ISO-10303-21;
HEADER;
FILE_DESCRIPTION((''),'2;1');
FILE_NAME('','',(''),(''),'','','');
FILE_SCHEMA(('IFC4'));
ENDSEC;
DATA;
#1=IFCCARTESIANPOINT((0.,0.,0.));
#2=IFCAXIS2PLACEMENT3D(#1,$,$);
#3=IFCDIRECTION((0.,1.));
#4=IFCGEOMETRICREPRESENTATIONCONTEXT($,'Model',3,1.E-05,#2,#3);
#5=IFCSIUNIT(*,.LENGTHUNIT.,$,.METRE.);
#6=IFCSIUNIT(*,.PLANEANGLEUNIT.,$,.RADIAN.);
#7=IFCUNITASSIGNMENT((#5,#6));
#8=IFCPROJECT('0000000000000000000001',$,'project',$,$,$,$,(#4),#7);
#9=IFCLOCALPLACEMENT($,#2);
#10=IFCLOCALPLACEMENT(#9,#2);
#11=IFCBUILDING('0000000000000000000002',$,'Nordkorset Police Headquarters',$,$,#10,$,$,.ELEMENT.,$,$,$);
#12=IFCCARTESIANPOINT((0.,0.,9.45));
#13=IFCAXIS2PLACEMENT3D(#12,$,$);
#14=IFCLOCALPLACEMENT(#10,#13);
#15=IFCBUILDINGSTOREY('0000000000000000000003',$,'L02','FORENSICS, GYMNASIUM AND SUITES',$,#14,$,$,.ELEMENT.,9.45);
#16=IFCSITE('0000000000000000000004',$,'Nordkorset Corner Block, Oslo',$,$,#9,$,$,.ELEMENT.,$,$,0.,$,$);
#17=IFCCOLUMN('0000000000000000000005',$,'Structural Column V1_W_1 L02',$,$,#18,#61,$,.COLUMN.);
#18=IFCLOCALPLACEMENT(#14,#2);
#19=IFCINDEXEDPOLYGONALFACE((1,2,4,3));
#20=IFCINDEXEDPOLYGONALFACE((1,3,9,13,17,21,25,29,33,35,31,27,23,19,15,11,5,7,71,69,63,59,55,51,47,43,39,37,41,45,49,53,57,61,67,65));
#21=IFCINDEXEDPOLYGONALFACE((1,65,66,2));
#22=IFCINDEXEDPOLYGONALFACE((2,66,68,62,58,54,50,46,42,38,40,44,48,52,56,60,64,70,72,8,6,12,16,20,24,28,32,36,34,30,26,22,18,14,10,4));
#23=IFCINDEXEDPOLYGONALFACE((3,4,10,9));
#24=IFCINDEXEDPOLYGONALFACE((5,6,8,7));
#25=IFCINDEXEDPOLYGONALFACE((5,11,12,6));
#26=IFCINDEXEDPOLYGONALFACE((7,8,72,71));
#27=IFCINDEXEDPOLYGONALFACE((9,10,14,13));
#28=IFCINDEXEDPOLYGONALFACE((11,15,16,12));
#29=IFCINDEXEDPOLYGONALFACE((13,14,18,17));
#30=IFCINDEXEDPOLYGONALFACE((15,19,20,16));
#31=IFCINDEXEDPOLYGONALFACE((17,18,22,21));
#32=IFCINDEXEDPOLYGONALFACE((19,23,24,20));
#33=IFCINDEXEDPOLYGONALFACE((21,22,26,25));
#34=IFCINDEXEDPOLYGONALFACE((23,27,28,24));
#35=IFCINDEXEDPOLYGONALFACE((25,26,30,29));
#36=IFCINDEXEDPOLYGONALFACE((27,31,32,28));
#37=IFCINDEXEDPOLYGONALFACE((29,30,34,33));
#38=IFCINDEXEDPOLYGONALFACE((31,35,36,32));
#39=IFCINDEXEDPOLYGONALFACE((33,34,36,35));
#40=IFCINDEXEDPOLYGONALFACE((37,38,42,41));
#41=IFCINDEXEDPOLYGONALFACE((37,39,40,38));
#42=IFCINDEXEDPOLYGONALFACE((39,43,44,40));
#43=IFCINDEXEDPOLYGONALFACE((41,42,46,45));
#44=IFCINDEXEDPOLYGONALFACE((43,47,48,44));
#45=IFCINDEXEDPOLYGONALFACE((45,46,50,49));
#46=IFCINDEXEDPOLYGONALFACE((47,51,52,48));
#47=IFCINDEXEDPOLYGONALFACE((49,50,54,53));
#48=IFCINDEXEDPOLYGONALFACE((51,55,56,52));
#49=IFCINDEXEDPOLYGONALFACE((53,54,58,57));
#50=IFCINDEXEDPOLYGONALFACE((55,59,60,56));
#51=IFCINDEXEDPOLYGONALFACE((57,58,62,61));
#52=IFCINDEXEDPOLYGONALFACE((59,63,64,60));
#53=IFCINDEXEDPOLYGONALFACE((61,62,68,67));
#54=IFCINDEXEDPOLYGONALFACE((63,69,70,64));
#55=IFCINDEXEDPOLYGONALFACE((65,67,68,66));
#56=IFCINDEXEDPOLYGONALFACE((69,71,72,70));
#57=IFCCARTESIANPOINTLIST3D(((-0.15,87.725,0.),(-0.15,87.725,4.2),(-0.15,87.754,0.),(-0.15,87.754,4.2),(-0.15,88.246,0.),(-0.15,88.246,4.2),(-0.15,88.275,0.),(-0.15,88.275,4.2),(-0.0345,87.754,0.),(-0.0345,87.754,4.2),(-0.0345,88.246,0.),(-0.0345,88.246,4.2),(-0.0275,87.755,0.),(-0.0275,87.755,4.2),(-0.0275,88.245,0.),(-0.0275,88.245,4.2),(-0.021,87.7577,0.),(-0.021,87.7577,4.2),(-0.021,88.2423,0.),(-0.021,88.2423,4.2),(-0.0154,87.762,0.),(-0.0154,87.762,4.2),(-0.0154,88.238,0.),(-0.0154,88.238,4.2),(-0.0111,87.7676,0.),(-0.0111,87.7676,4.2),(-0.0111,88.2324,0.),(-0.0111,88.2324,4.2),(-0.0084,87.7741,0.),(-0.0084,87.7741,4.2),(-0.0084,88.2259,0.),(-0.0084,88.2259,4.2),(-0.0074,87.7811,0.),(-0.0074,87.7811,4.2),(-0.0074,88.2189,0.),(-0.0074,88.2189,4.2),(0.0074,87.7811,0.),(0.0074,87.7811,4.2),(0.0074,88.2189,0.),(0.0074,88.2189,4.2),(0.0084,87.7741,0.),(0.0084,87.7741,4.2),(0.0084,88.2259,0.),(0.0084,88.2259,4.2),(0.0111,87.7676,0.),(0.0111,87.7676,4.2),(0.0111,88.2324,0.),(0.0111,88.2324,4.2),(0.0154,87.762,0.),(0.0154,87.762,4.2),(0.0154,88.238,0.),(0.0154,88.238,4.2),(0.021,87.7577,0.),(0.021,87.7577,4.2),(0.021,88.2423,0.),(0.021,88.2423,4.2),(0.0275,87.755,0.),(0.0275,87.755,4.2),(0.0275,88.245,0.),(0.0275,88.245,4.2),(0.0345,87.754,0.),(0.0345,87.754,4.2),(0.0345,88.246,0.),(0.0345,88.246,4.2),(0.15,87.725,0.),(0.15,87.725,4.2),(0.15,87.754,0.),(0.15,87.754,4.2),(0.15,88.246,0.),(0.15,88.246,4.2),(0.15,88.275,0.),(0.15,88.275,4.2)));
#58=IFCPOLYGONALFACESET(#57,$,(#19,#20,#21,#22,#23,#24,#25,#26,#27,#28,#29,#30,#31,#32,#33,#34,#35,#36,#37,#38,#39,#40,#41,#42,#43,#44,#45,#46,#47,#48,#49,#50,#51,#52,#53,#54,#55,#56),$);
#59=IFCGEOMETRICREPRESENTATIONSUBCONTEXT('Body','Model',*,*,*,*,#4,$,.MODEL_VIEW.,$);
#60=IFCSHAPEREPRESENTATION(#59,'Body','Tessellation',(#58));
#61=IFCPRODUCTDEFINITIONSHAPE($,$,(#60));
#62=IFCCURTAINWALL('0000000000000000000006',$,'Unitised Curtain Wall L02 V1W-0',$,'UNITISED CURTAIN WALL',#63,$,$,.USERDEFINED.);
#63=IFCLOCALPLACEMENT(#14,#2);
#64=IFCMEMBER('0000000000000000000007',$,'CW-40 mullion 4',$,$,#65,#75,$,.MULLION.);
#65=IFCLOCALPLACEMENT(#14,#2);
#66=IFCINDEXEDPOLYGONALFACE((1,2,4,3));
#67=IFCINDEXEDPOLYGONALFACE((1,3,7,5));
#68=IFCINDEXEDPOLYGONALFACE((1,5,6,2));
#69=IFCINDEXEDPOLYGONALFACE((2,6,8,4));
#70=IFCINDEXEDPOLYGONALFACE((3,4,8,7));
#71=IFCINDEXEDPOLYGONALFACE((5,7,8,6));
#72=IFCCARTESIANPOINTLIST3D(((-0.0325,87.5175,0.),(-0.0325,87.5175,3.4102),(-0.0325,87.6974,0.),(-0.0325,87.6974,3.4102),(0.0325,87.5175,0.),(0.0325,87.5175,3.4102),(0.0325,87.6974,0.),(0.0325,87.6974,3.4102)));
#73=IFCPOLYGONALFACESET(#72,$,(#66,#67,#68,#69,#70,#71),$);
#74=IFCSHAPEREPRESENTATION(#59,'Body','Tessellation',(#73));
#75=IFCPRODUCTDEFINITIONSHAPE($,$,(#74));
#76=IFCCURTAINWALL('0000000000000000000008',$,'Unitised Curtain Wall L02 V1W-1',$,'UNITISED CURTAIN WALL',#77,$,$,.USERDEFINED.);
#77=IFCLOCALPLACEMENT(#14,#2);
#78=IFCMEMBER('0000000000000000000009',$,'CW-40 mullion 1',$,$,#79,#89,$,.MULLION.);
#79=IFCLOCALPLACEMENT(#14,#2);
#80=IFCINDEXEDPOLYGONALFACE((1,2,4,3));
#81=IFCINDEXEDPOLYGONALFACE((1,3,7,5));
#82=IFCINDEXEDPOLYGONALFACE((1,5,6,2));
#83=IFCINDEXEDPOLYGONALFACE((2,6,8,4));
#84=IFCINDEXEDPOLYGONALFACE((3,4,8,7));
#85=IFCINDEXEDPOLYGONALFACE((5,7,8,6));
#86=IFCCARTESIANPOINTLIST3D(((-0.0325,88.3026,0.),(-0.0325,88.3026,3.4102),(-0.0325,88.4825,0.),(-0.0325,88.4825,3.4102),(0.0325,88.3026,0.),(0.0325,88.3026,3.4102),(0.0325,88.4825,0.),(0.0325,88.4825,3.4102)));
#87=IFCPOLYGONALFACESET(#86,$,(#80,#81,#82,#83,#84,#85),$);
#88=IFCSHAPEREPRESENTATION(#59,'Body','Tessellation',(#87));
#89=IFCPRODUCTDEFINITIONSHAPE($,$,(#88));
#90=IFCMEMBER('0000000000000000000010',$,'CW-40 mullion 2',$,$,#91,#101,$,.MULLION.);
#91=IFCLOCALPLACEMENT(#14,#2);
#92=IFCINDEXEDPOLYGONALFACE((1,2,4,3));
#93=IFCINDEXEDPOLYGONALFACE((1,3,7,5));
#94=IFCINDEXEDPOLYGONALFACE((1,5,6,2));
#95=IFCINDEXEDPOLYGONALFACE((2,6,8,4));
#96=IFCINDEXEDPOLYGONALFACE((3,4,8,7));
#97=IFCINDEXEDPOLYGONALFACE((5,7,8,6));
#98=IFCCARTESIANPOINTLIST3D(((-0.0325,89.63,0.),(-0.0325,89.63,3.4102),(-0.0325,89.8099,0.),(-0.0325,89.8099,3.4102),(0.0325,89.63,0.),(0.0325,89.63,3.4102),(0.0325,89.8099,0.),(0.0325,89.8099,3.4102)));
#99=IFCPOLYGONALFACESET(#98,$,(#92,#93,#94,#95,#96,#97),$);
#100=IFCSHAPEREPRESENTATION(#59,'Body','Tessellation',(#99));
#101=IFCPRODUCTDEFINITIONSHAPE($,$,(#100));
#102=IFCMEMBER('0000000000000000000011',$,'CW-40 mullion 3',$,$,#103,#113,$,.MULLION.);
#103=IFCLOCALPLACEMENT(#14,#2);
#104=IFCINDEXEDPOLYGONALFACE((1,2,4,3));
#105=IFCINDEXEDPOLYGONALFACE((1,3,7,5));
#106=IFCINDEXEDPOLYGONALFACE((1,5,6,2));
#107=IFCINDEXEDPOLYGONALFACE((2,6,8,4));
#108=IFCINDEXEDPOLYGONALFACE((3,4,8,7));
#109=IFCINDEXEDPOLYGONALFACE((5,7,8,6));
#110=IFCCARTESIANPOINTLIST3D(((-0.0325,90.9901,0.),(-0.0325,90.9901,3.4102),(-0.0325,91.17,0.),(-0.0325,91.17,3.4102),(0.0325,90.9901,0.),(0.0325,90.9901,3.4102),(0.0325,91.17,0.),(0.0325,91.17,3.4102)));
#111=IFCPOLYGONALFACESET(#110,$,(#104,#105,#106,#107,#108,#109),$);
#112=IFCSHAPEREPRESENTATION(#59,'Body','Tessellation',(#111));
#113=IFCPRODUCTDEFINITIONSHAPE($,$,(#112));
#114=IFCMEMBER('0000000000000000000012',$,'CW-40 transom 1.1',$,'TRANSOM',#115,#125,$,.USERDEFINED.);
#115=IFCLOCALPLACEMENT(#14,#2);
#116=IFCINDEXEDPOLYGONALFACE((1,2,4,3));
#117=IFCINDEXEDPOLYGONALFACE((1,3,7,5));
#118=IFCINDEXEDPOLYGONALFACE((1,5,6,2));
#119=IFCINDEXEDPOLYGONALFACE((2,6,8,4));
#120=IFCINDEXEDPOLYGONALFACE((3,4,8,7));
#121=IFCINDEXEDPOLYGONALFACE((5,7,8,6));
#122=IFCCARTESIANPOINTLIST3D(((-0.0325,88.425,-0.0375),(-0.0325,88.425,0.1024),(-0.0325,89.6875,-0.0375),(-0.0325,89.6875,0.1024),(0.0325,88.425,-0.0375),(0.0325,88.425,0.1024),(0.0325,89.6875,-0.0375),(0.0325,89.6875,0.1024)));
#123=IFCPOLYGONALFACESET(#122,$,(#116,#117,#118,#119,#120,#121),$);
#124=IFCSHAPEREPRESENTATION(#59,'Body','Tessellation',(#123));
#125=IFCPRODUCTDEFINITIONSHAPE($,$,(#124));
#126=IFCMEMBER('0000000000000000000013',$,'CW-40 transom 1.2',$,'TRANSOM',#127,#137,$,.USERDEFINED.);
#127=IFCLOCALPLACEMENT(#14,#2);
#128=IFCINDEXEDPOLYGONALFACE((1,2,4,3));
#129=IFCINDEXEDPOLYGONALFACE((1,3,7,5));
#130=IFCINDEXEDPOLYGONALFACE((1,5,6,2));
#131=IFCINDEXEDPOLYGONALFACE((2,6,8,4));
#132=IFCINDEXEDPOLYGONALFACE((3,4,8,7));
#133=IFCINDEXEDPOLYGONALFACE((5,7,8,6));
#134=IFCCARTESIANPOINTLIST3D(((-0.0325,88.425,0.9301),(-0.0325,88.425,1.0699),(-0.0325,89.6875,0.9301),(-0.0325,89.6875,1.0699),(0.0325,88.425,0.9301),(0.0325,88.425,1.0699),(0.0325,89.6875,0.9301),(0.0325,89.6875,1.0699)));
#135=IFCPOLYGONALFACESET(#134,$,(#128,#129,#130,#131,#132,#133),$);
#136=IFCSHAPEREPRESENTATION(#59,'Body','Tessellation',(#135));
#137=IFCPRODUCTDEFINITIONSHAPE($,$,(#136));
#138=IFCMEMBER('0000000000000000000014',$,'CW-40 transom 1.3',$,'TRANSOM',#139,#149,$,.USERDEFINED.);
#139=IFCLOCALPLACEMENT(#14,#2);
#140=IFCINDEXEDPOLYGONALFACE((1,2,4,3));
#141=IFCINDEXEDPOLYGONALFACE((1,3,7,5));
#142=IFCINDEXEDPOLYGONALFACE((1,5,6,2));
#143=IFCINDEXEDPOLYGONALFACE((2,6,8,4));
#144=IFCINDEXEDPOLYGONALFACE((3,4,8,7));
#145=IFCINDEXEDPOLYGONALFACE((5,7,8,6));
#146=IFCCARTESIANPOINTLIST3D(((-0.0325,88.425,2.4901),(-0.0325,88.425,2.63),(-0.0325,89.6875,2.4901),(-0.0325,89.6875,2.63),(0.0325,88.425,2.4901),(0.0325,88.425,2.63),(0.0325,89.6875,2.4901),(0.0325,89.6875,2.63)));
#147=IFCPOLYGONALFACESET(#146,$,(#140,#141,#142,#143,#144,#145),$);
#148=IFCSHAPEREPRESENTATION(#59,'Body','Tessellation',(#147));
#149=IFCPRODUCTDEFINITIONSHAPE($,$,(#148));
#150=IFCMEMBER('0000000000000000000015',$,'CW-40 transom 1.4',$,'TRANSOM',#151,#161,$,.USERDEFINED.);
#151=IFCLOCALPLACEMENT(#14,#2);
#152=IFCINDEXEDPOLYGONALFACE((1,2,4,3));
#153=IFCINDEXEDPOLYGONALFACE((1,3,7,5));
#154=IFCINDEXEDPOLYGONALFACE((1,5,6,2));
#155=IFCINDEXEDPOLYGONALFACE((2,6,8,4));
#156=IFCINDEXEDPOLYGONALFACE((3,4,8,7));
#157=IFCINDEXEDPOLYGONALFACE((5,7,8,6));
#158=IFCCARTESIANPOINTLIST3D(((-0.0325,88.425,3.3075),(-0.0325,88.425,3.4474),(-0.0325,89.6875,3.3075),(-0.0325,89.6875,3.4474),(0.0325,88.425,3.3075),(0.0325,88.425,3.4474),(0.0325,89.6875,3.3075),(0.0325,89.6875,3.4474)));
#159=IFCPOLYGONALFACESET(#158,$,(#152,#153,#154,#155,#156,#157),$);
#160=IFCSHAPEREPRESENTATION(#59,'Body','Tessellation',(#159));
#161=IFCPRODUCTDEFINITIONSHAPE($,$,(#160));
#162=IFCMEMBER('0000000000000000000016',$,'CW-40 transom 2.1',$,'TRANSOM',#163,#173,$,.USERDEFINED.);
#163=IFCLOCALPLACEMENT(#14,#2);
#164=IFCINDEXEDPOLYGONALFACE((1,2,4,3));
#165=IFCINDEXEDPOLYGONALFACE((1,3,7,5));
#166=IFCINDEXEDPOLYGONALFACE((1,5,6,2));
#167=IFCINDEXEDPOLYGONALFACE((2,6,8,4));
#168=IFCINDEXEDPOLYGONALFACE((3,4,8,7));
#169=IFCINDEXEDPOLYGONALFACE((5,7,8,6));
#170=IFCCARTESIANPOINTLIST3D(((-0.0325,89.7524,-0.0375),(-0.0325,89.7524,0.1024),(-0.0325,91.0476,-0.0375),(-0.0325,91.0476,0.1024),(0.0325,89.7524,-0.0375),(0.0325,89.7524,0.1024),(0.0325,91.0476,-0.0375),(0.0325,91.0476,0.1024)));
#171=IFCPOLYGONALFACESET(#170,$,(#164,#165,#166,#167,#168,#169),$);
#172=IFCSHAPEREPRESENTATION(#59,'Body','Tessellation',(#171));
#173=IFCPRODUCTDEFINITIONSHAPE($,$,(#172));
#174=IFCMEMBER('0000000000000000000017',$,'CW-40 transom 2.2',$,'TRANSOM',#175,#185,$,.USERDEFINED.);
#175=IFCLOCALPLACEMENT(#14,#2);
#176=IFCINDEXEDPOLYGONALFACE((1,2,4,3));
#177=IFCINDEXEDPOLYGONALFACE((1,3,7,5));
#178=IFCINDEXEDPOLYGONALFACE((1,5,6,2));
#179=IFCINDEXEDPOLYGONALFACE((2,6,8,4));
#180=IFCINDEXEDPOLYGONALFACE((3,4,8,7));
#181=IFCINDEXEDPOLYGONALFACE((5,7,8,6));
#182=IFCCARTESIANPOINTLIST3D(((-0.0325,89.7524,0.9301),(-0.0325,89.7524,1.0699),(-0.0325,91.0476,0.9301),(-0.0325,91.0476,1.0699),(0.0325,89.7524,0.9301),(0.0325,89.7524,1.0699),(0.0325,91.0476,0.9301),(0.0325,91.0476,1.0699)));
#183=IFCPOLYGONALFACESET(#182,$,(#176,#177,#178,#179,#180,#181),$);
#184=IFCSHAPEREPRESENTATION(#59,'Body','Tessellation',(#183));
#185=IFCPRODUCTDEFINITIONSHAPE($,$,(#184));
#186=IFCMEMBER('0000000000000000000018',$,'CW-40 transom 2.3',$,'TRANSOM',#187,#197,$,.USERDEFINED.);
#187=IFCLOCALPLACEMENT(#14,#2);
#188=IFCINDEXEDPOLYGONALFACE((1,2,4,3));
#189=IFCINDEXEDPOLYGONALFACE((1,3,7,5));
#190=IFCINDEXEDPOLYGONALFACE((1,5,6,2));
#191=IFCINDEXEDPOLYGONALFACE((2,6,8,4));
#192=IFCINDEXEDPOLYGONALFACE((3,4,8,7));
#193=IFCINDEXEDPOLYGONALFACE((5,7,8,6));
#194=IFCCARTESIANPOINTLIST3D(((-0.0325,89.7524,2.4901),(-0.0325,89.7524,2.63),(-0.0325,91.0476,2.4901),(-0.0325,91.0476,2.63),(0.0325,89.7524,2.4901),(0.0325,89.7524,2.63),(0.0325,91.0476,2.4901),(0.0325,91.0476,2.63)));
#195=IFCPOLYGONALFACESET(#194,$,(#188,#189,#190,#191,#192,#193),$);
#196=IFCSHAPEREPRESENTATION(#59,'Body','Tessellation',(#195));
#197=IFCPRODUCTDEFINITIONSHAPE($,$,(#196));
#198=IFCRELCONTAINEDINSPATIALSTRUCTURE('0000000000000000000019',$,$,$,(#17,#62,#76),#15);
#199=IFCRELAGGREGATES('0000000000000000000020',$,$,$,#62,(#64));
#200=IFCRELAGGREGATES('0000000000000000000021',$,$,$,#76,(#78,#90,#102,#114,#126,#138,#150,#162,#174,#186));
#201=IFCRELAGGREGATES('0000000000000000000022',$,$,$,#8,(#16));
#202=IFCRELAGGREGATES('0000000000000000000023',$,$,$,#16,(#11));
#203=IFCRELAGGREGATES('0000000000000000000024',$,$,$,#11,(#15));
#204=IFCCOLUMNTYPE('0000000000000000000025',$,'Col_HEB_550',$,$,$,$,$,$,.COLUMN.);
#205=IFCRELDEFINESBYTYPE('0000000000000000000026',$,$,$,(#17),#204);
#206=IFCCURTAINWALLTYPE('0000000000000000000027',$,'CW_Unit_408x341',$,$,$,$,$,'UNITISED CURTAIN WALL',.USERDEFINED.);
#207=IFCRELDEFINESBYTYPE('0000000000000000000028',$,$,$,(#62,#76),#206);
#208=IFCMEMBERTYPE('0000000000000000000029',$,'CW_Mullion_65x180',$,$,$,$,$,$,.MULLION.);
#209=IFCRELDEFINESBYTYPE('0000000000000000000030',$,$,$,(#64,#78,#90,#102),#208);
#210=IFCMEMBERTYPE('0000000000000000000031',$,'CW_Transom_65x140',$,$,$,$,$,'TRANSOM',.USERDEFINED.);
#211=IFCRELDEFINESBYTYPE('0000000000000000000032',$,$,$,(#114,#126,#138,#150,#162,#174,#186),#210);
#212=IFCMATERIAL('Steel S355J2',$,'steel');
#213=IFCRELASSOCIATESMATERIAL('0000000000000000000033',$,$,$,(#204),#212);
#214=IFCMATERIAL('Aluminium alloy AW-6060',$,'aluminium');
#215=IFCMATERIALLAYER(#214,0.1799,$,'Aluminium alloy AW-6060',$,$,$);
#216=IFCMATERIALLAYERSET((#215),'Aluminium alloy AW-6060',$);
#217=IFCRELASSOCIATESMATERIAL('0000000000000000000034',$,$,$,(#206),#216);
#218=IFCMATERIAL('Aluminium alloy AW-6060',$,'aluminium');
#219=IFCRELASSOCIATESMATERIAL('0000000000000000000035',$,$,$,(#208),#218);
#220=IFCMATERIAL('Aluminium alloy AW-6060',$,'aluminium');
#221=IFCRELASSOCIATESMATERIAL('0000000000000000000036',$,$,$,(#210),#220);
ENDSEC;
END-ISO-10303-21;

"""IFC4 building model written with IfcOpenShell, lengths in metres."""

from ifc_helpers import new_model, si_unit, direction, frame, origin, origin_2d, place, context, subcontext, project, spatial, rectangle, i_section, extrude, material, layer, layer_set, material_profile, profile_set, type_object, element, aggregate, save


model = new_model("IFC4")

# Units and contexts
model_context = context("Model", 3, precision=1e-05, world=origin(), true_north=direction((0.0, 1.0)))
body_context = subcontext(model_context, "Body", "Model", "MODEL_VIEW")
ifc_project = project(units=[si_unit("LENGTHUNIT", "METRE"), si_unit("PLANEANGLEUNIT", "RADIAN")], contexts=[model_context])

# Site, building, storey
site_placement = place(None, origin())
site = spatial("IfcSite", under=ifc_project, at=site_placement, Name="Nordkorset Corner Block, Oslo", CompositionType="ELEMENT", RefElevation=0.0)
building_placement = place(site_placement, origin())
building = spatial("IfcBuilding", under=site, at=building_placement, Name="Nordkorset Police Headquarters", CompositionType="ELEMENT")
storey_placement = place(building_placement, frame((0.0, 0.0, 9.45)))
storey = spatial("IfcBuildingStorey", under=building, at=storey_placement, Name="L02", Description="FORENSICS, GYMNASIUM AND SUITES", CompositionType="ELEMENT", Elevation=9.45)

# Column
ifc_material_1 = material(Name="Steel S355J2", Category="steel")
ifc_material_profile_1 = material_profile(ifc_material_1, i_section(OverallWidth=0.3, OverallDepth=0.55, WebThickness=0.0149, FlangeThickness=0.0291, FilletRadius=0.0271, at=origin_2d()), Name="HEB 550")
ifc_profile_set_1 = profile_set([ifc_material_profile_1], Name="Steel S355J2")
column_type = type_object("IfcColumnType", Name="Col_HEB_550", PredefinedType="COLUMN", material=ifc_profile_set_1)
column_placement = place(storey_placement, frame((0.0, 88.0, 0.0), z_axis=(0.0, 0.0, 1.0), x_axis=(1.0, 0.0, 0.0)))
element("IfcColumn", 1, at=column_placement, inside=storey, type_object=column_type, Name="Structural Column V1_W_1 L02", PredefinedType="COLUMN", context=body_context, shape_type="SweptSolid", body=[
    extrude(i_section(OverallWidth=0.3, OverallDepth=0.55, WebThickness=0.0149, FlangeThickness=0.0291, FilletRadius=0.0271, at=origin_2d()), origin(), (0.0, 0.0, 1.0), 4.2),
])

# Curtain wall, member
ifc_material_2 = material(Name="Aluminium alloy AW-6060", Category="aluminium")
ifc_layer_1 = layer(ifc_material_2, 0.1799, Name="Aluminium alloy AW-6060")
ifc_layer_set_1 = layer_set([ifc_layer_1], Name="Aluminium alloy AW-6060")
curtain_wall_type = type_object("IfcCurtainWallType", Name="CW_Unit_408x341", ElementType="UNITISED CURTAIN WALL", PredefinedType="USERDEFINED", material=ifc_layer_set_1)
curtain_wall_1_placement = place(storey_placement, origin())
curtain_wall_1 = element("IfcCurtainWall", 2, at=curtain_wall_1_placement, inside=storey, type_object=curtain_wall_type, Name="Unitised Curtain Wall L02 V1W-0", ObjectType="UNITISED CURTAIN WALL", PredefinedType="USERDEFINED")
ifc_material_3 = material(Name="Aluminium alloy AW-6060", Category="aluminium")
ifc_material_profile_2 = material_profile(ifc_material_3, rectangle(XDim=0.0649, YDim=0.1799, at=origin_2d()), Name="ALU MULL 65x180")
ifc_profile_set_2 = profile_set([ifc_material_profile_2], Name="Aluminium alloy AW-6060")
member_type_1 = type_object("IfcMemberType", Name="CW_Mullion_65x180", PredefinedType="MULLION", material=ifc_profile_set_2)
member_1_placement = place(storey_placement, frame((0.0, 87.6074, 0.0), z_axis=(0.0, 0.0, 1.0), x_axis=(-1.0, 0.0, 0.0)))
member_1 = element("IfcMember", 3, at=member_1_placement, type_object=member_type_1, Name="CW-40 mullion 4", PredefinedType="MULLION", context=body_context, shape_type="SweptSolid", body=[
    extrude(rectangle(XDim=0.0649, YDim=0.1799, at=origin_2d()), origin(), (0.0, 0.0, 1.0), 3.4102),
])

# Curtain wall, members
curtain_wall_2_placement = place(storey_placement, origin())
curtain_wall_2 = element("IfcCurtainWall", 4, at=curtain_wall_2_placement, inside=storey, type_object=curtain_wall_type, Name="Unitised Curtain Wall L02 V1W-1", ObjectType="UNITISED CURTAIN WALL", PredefinedType="USERDEFINED")
member_2_placement = place(storey_placement, frame((0.0, 88.3926, 0.0), z_axis=(0.0, 0.0, 1.0), x_axis=(-1.0, 0.0, 0.0)))
member_2 = element("IfcMember", 5, at=member_2_placement, type_object=member_type_1, Name="CW-40 mullion 1", PredefinedType="MULLION", context=body_context, shape_type="SweptSolid", body=[
    extrude(rectangle(XDim=0.0649, YDim=0.1799, at=origin_2d()), origin(), (0.0, 0.0, 1.0), 3.4102),
])
member_3_placement = place(storey_placement, frame((0.0, 89.72, 0.0), z_axis=(0.0, 0.0, 1.0), x_axis=(-1.0, 0.0, 0.0)))
member_3 = element("IfcMember", 6, at=member_3_placement, type_object=member_type_1, Name="CW-40 mullion 2", PredefinedType="MULLION", context=body_context, shape_type="SweptSolid", body=[
    extrude(rectangle(XDim=0.0649, YDim=0.1799, at=origin_2d()), origin(), (0.0, 0.0, 1.0), 3.4102),
])
member_4_placement = place(storey_placement, frame((0.0, 91.0801, 0.0), z_axis=(0.0, 0.0, 1.0), x_axis=(-1.0, 0.0, 0.0)))
member_4 = element("IfcMember", 7, at=member_4_placement, type_object=member_type_1, Name="CW-40 mullion 3", PredefinedType="MULLION", context=body_context, shape_type="SweptSolid", body=[
    extrude(rectangle(XDim=0.0649, YDim=0.1799, at=origin_2d()), origin(), (0.0, 0.0, 1.0), 3.4102),
])
ifc_material_4 = material(Name="Aluminium alloy AW-6060", Category="aluminium")
ifc_material_profile_3 = material_profile(ifc_material_4, rectangle(XDim=0.0649, YDim=0.1399, at=origin_2d()), Name="ALU TRAN 65x140")
ifc_profile_set_3 = profile_set([ifc_material_profile_3], Name="Aluminium alloy AW-6060")
member_type_2 = type_object("IfcMemberType", Name="CW_Transom_65x140", ElementType="TRANSOM", PredefinedType="USERDEFINED", material=ifc_profile_set_3)
member_5_placement = place(storey_placement, frame((0.0, 88.425, 0.0325), z_axis=(0.0, 1.0, 0.0), x_axis=(-1.0, 0.0, 0.0)))
member_5 = element("IfcMember", 8, at=member_5_placement, type_object=member_type_2, Name="CW-40 transom 1.1", ObjectType="TRANSOM", PredefinedType="USERDEFINED", context=body_context, shape_type="SweptSolid", body=[
    extrude(rectangle(XDim=0.0649, YDim=0.1399, at=origin_2d()), origin(), (0.0, 0.0, 1.0), 1.2625),
])
member_6_placement = place(storey_placement, frame((0.0, 88.425, 1.0), z_axis=(0.0, 1.0, 0.0), x_axis=(-1.0, 0.0, 0.0)))
member_6 = element("IfcMember", 9, at=member_6_placement, type_object=member_type_2, Name="CW-40 transom 1.2", ObjectType="TRANSOM", PredefinedType="USERDEFINED", context=body_context, shape_type="SweptSolid", body=[
    extrude(rectangle(XDim=0.0649, YDim=0.1399, at=origin_2d()), origin(), (0.0, 0.0, 1.0), 1.2625),
])
member_7_placement = place(storey_placement, frame((0.0, 88.425, 2.5601), z_axis=(0.0, 1.0, 0.0), x_axis=(-1.0, 0.0, 0.0)))
member_7 = element("IfcMember", 10, at=member_7_placement, type_object=member_type_2, Name="CW-40 transom 1.3", ObjectType="TRANSOM", PredefinedType="USERDEFINED", context=body_context, shape_type="SweptSolid", body=[
    extrude(rectangle(XDim=0.0649, YDim=0.1399, at=origin_2d()), origin(), (0.0, 0.0, 1.0), 1.2625),
])
member_8_placement = place(storey_placement, frame((0.0, 88.425, 3.3774), z_axis=(0.0, 1.0, 0.0), x_axis=(-1.0, 0.0, 0.0)))
member_8 = element("IfcMember", 11, at=member_8_placement, type_object=member_type_2, Name="CW-40 transom 1.4", ObjectType="TRANSOM", PredefinedType="USERDEFINED", context=body_context, shape_type="SweptSolid", body=[
    extrude(rectangle(XDim=0.0649, YDim=0.1399, at=origin_2d()), origin(), (0.0, 0.0, 1.0), 1.2625),
])
member_9_placement = place(storey_placement, frame((0.0, 89.7524, 0.0325), z_axis=(0.0, 1.0, 0.0), x_axis=(-1.0, 0.0, 0.0)))
member_9 = element("IfcMember", 12, at=member_9_placement, type_object=member_type_2, Name="CW-40 transom 2.1", ObjectType="TRANSOM", PredefinedType="USERDEFINED", context=body_context, shape_type="SweptSolid", body=[
    extrude(rectangle(XDim=0.0649, YDim=0.1399, at=origin_2d()), origin(), (0.0, 0.0, 1.0), 1.2952),
])
member_10_placement = place(storey_placement, frame((0.0, 89.7524, 1.0), z_axis=(0.0, 1.0, 0.0), x_axis=(-1.0, 0.0, 0.0)))
member_10 = element("IfcMember", 13, at=member_10_placement, type_object=member_type_2, Name="CW-40 transom 2.2", ObjectType="TRANSOM", PredefinedType="USERDEFINED", context=body_context, shape_type="SweptSolid", body=[
    extrude(rectangle(XDim=0.0649, YDim=0.1399, at=origin_2d()), origin(), (0.0, 0.0, 1.0), 1.2952),
])
member_11_placement = place(storey_placement, frame((0.0, 89.7524, 2.5601), z_axis=(0.0, 1.0, 0.0), x_axis=(-1.0, 0.0, 0.0)))
member_11 = element("IfcMember", 14, at=member_11_placement, type_object=member_type_2, Name="CW-40 transom 2.3", ObjectType="TRANSOM", PredefinedType="USERDEFINED", context=body_context, shape_type="SweptSolid", body=[
    extrude(rectangle(XDim=0.0649, YDim=0.1399, at=origin_2d()), origin(), (0.0, 0.0, 1.0), 1.2952),
])

aggregate(curtain_wall_1, [member_1])
aggregate(curtain_wall_2, [member_2, member_3, member_4, member_5, member_6, member_7, member_8, member_9, member_10, member_11])

save(model, "model.ifc")
